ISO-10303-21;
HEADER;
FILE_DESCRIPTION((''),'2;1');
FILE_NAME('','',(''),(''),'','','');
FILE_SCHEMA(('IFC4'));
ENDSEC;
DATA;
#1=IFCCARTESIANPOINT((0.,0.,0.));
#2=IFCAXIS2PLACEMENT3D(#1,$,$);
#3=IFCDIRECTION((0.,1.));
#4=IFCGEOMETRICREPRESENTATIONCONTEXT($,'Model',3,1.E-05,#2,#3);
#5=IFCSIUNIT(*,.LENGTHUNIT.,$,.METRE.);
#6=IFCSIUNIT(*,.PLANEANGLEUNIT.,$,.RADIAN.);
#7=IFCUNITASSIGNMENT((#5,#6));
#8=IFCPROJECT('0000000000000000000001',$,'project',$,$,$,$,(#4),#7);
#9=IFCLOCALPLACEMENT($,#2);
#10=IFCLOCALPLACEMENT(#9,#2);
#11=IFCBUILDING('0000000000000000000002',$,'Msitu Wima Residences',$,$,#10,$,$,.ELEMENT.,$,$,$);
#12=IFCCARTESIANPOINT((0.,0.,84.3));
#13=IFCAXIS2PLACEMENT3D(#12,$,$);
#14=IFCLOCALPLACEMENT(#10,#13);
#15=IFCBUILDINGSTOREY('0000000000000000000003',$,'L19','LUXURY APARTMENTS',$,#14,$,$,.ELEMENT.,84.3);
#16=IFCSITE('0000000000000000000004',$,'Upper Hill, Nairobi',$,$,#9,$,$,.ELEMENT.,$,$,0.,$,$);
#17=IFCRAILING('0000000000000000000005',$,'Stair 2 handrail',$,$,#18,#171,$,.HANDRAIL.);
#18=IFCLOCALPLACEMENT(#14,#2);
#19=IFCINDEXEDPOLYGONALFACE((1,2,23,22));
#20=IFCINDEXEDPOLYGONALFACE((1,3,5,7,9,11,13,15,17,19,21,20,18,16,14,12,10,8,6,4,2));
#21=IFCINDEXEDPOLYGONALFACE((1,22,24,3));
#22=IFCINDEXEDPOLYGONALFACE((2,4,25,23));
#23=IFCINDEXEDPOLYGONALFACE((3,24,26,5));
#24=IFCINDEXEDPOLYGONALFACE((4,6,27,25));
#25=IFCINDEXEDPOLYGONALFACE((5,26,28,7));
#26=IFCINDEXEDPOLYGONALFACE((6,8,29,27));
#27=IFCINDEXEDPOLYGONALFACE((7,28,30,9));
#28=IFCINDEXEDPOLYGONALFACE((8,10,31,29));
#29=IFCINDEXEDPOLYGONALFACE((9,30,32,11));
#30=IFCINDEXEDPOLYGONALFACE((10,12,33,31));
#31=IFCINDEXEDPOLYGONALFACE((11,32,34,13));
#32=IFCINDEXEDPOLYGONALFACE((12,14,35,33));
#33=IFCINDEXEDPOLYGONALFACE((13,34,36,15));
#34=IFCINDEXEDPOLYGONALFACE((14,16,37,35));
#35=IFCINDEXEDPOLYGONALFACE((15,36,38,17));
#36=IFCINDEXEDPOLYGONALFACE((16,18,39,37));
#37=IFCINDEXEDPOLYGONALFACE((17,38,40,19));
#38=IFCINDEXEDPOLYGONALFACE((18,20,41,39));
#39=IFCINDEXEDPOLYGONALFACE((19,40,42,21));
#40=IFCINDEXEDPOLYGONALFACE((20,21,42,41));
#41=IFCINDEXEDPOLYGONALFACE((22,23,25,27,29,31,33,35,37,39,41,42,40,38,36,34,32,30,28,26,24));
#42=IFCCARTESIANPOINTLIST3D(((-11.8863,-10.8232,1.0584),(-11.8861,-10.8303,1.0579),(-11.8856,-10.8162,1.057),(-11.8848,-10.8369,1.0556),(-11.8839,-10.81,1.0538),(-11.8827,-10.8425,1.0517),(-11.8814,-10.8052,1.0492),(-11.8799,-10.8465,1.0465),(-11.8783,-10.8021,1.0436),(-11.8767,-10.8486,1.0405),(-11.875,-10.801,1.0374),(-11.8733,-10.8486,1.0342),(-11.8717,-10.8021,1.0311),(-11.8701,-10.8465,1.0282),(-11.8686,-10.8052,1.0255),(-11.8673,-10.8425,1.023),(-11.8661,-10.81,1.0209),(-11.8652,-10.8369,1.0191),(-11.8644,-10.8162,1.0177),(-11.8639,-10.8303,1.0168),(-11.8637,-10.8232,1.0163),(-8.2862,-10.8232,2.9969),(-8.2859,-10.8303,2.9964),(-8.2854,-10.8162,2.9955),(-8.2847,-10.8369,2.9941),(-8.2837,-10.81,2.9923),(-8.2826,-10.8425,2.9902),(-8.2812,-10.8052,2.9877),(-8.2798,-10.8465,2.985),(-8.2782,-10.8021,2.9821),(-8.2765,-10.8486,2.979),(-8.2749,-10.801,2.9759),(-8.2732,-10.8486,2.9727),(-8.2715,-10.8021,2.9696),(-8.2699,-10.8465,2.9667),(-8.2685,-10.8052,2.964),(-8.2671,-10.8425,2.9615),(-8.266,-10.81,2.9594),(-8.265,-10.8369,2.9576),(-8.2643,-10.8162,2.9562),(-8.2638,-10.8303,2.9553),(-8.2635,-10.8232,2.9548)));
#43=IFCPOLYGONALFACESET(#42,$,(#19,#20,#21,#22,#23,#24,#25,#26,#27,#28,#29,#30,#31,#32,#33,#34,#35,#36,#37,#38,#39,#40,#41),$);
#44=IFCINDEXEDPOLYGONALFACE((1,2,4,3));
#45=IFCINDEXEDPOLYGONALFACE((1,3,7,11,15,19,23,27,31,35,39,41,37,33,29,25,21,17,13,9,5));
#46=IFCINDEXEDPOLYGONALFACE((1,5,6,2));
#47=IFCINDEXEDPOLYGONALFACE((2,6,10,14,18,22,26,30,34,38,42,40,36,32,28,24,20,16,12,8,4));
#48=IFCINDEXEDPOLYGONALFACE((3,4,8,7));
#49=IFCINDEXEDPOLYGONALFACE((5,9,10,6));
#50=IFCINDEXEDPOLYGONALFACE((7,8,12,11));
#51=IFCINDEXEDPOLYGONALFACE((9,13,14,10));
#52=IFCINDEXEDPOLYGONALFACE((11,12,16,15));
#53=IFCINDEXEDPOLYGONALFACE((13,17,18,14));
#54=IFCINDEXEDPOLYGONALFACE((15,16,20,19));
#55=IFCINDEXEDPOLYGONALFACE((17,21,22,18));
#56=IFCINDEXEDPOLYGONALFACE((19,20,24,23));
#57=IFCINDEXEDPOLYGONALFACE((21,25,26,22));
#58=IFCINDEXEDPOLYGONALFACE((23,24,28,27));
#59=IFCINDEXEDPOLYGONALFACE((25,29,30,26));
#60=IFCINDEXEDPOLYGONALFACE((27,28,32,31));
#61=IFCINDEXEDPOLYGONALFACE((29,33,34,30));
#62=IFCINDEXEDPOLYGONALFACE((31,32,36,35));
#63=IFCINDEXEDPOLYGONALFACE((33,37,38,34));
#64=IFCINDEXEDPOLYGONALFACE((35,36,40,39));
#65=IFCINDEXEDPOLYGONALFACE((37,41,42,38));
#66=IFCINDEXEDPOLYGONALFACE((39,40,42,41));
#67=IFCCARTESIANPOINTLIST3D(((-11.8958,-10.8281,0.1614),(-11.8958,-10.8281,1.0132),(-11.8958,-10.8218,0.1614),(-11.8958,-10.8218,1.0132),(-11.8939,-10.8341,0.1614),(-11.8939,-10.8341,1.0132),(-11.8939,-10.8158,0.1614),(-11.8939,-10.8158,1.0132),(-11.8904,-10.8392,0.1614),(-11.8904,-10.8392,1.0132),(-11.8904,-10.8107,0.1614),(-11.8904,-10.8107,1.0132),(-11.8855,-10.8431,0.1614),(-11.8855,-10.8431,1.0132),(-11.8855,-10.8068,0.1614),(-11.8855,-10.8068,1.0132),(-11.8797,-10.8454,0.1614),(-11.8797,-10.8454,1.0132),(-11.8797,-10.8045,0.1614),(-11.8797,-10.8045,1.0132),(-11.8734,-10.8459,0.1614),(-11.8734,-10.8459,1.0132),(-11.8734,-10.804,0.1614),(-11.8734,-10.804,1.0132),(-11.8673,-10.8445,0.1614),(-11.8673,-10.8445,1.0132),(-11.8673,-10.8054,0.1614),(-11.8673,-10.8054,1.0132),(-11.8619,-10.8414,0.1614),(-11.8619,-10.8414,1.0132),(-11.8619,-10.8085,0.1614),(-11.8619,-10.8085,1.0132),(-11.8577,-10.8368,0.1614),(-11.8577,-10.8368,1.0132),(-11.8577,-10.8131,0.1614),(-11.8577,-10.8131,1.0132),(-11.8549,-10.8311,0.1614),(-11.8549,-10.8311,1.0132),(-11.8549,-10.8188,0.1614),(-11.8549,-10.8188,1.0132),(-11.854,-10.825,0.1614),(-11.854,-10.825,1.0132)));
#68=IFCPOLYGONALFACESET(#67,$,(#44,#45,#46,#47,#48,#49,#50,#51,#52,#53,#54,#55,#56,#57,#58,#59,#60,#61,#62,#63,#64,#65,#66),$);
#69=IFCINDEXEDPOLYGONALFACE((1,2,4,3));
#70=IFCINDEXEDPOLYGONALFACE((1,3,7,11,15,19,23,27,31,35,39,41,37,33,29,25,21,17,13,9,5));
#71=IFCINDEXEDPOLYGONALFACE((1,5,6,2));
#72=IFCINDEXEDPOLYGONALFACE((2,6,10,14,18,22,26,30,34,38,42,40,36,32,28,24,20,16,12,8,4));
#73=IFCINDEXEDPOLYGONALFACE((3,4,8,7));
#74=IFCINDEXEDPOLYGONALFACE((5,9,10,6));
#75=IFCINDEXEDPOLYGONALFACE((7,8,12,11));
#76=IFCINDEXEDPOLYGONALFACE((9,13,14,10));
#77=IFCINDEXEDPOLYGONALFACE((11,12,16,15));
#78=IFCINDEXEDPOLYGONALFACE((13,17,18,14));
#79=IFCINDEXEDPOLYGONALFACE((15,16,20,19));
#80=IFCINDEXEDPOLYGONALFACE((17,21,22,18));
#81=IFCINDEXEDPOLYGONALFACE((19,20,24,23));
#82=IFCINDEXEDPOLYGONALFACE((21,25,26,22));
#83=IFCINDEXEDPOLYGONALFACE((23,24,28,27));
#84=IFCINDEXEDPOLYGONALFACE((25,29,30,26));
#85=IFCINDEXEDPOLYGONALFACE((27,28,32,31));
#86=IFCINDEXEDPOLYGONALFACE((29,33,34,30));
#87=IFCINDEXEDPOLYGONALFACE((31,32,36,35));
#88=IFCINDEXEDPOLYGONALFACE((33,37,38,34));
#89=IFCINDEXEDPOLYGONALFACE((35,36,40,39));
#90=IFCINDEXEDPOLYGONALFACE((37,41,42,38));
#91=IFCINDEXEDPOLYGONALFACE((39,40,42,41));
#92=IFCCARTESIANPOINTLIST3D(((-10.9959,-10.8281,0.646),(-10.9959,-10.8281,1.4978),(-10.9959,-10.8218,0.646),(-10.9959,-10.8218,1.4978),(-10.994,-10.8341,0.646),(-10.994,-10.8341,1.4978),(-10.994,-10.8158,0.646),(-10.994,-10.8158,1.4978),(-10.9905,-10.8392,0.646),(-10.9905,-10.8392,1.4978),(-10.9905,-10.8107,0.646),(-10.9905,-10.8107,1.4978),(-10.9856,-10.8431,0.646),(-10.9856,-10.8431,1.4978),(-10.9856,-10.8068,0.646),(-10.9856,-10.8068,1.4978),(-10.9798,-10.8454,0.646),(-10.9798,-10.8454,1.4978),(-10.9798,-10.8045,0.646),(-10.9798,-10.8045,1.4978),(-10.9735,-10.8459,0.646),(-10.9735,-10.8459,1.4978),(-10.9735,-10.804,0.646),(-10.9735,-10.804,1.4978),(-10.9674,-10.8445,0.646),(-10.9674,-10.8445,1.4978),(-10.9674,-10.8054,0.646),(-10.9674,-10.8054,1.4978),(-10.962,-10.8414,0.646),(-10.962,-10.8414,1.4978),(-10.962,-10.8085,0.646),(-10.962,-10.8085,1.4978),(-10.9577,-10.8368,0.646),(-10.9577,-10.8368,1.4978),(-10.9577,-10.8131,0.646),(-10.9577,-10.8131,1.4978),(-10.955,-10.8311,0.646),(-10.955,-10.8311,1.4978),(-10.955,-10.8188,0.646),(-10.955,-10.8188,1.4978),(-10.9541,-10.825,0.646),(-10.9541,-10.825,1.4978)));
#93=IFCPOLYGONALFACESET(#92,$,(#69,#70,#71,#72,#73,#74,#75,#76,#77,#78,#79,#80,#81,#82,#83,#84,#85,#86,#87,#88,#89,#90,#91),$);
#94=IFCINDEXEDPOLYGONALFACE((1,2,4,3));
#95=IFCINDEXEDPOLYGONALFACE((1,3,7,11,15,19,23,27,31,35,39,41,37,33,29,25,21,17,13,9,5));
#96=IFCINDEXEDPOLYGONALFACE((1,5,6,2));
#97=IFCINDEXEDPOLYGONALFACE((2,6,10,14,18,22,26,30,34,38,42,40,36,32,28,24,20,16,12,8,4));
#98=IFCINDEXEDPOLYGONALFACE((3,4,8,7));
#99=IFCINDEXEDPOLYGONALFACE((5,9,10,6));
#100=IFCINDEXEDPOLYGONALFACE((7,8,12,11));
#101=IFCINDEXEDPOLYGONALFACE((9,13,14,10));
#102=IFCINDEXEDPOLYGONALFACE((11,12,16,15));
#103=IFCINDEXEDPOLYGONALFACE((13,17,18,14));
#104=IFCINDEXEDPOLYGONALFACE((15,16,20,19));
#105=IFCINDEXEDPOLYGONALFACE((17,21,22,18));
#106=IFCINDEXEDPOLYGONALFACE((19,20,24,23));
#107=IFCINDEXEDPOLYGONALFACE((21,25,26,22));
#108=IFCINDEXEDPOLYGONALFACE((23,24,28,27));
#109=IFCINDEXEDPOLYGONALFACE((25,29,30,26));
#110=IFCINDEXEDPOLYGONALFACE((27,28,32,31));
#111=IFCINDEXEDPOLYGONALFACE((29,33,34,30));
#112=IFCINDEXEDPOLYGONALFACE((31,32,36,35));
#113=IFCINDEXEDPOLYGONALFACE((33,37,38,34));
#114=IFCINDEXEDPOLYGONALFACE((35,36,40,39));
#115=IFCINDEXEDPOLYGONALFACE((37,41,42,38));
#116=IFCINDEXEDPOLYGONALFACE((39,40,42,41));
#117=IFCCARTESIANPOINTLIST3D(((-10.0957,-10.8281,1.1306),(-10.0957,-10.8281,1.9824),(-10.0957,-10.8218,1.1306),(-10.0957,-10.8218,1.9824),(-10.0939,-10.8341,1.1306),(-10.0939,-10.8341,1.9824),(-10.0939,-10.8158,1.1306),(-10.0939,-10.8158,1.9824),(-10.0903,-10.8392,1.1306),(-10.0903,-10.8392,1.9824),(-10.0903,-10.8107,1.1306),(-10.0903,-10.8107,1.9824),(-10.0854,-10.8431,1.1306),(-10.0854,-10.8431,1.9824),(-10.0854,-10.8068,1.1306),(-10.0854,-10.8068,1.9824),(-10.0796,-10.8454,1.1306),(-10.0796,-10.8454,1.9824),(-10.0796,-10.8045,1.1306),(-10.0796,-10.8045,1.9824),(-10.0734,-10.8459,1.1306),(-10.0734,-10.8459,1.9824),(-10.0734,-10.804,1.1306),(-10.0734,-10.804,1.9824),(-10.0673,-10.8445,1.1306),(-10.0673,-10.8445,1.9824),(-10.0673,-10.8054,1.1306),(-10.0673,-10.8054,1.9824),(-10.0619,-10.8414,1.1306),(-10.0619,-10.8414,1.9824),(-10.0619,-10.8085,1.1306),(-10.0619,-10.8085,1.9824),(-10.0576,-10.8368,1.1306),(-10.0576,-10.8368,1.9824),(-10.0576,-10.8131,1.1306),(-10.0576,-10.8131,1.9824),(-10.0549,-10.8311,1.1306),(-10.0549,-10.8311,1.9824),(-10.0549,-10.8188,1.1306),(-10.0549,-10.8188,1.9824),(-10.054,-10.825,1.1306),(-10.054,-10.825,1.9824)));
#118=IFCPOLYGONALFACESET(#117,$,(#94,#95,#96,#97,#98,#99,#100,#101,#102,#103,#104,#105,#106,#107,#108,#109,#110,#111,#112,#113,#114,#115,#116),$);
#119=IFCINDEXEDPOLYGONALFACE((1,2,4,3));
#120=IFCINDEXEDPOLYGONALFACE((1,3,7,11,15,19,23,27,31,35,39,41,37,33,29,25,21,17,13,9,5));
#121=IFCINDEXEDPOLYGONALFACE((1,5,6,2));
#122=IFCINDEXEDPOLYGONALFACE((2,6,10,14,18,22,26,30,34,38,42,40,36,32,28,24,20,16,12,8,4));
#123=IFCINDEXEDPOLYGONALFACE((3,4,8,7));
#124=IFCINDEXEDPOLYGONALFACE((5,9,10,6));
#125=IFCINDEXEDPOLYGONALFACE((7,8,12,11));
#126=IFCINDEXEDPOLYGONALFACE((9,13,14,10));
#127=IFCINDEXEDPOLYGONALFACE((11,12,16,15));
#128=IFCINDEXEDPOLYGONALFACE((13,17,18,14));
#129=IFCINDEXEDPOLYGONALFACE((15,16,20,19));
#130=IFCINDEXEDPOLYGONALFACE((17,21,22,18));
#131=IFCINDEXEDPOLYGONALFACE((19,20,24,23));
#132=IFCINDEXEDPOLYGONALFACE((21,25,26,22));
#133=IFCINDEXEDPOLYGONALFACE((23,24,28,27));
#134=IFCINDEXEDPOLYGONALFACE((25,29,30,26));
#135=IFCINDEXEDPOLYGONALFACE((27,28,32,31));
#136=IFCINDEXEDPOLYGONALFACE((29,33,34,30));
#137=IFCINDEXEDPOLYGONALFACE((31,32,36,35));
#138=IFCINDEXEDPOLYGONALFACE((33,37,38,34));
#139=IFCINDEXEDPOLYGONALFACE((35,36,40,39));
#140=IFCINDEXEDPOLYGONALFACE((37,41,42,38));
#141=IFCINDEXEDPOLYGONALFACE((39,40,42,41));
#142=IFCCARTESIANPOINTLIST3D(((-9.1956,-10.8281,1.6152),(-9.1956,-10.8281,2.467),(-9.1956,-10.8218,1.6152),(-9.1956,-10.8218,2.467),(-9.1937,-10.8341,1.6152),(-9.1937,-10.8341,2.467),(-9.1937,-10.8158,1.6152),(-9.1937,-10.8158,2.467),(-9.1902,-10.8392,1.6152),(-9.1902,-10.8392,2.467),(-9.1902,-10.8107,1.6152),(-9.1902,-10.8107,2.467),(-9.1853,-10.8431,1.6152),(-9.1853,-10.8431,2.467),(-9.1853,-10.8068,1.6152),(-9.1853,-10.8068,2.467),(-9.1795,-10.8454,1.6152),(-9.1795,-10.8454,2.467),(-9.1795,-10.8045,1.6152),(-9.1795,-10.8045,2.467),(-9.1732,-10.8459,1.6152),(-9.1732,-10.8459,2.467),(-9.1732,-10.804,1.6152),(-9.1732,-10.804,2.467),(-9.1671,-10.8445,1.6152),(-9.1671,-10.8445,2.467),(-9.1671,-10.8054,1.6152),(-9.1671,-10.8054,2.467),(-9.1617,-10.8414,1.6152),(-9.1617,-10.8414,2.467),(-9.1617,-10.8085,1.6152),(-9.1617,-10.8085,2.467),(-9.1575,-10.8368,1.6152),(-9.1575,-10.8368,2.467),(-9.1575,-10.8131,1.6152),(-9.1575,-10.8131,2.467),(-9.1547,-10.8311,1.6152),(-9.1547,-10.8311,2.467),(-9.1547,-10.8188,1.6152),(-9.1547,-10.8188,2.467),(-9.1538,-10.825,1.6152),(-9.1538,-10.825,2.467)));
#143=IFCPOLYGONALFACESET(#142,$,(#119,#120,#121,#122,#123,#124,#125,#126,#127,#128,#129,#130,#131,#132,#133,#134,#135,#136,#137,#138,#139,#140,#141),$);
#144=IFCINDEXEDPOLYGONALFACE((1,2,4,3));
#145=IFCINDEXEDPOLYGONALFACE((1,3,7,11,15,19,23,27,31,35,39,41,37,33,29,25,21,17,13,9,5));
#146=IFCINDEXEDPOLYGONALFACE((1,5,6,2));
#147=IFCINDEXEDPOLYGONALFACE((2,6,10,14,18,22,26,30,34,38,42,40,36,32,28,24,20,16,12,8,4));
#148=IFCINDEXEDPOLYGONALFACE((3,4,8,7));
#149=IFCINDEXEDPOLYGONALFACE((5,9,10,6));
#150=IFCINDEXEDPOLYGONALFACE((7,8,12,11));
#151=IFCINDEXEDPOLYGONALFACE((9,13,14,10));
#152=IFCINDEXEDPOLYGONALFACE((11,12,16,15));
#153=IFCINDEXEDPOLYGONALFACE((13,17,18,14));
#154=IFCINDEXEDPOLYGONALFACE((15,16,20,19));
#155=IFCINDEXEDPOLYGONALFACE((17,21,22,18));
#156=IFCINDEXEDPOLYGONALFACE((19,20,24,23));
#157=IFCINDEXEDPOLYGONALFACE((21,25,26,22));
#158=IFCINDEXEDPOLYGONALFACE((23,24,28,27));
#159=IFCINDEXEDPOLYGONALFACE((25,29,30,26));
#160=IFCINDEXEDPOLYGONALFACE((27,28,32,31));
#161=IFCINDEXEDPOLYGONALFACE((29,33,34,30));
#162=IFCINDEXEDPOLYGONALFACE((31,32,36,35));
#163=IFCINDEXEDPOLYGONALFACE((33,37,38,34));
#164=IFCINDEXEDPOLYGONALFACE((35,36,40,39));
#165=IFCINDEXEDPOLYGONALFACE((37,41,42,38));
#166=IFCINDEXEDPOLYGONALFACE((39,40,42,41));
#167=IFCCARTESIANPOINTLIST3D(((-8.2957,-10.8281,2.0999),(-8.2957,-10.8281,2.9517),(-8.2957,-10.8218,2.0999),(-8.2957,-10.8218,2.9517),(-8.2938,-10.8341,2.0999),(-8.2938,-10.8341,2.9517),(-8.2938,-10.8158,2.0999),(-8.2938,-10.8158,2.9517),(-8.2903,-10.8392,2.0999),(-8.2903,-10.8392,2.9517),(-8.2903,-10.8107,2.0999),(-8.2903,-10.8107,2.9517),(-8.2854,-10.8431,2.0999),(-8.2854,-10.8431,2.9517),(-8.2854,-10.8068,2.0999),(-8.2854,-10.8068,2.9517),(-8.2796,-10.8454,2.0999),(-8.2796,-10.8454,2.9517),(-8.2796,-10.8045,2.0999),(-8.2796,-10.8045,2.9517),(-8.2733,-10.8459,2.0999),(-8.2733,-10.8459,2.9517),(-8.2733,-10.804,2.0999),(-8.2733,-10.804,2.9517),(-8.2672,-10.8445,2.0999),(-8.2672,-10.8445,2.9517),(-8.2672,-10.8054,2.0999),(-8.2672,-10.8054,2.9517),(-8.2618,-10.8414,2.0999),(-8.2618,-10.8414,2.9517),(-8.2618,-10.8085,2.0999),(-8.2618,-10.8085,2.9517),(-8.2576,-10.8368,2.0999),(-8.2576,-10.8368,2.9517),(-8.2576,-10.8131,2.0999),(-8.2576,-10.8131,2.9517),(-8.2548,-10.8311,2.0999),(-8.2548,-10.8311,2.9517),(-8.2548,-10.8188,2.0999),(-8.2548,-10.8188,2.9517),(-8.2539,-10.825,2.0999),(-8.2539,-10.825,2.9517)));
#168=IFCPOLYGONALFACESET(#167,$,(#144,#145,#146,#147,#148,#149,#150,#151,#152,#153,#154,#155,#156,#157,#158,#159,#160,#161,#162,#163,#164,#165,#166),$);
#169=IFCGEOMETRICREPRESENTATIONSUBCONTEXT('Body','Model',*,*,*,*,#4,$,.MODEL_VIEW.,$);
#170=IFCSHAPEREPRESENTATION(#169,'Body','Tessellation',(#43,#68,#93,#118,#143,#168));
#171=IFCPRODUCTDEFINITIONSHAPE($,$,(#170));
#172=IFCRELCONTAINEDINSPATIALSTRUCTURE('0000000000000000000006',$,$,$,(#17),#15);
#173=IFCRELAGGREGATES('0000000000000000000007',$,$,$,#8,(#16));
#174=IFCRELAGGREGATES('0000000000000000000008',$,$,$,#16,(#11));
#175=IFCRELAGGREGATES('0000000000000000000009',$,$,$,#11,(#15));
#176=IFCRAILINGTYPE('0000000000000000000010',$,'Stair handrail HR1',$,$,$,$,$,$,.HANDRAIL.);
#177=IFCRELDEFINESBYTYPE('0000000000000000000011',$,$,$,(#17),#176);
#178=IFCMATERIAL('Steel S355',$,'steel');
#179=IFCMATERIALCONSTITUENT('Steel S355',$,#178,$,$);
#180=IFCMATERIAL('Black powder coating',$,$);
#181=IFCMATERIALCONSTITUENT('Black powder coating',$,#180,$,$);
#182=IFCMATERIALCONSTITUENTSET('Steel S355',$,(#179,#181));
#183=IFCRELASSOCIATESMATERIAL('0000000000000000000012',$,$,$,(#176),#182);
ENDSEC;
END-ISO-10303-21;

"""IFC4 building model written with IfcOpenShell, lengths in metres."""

from ifc_helpers import new_model, si_unit, direction, frame, origin, origin_2d, place, context, subcontext, project, spatial, circle, extrude, material, constituent, constituent_set, type_object, element, save


model = new_model("IFC4")

# Units and contexts
model_context = context("Model", 3, precision=1e-05, world=origin(), true_north=direction((0.0, 1.0)))
body_context = subcontext(model_context, "Body", "Model", "MODEL_VIEW")
ifc_project = project(units=[si_unit("LENGTHUNIT", "METRE"), si_unit("PLANEANGLEUNIT", "RADIAN")], contexts=[model_context])

# Site, building, storey
site_placement = place(None, origin())
site = spatial("IfcSite", under=ifc_project, at=site_placement, Name="Upper Hill, Nairobi", CompositionType="ELEMENT", RefElevation=0.0)
building_placement = place(site_placement, origin())
building = spatial("IfcBuilding", under=site, at=building_placement, Name="Msitu Wima Residences", CompositionType="ELEMENT")
storey_placement = place(building_placement, frame((0.0, 0.0, 84.3)))
storey = spatial("IfcBuildingStorey", under=building, at=storey_placement, Name="L19", Description="LUXURY APARTMENTS", CompositionType="ELEMENT", Elevation=84.3)

# Railing
ifc_material_1 = material(Name="Steel S355", Category="steel")
ifc_constituent_1 = constituent(ifc_material_1, Name="Steel S355")
ifc_material_2 = material(Name="Black powder coating")
ifc_constituent_2 = constituent(ifc_material_2, Name="Black powder coating")
ifc_constituent_set = constituent_set(constituents=[ifc_constituent_1, ifc_constituent_2], Name="Steel S355")
railing_type = type_object("IfcRailingType", Name="Stair handrail HR1", PredefinedType="HANDRAIL", material=ifc_constituent_set)
for number, where, name in (
    (1, (-11.875, -10.825, 0.1614), "Stair 2 handrail"),
):
    element("IfcRailing", number, at=place(storey_placement, frame(where)), inside=storey, type_object=railing_type, Name=name, PredefinedType="HANDRAIL", context=body_context, shape_type="SweptSolid", body=[
        extrude(circle(Radius=0.0239, at=origin_2d()), frame((0.0, 0.0, 0.876), z_axis=(0.880475, 0.0, 0.474093), x_axis=(0.0, 1.0, 0.0)), (0.0, 0.0, 1.0), 4.0889),
        extrude(circle(Radius=0.021, at=origin_2d()), origin(), (0.0, 0.0, 1.0), 0.8518),
        extrude(circle(Radius=0.021, at=origin_2d()), frame((0.8999, 0.0, 0.4846)), (0.0, 0.0, 1.0), 0.8518),
        extrude(circle(Radius=0.021, at=origin_2d()), frame((1.8, 0.0, 0.9692)), (0.0, 0.0, 1.0), 0.8518),
        extrude(circle(Radius=0.021, at=origin_2d()), frame((2.7002, 0.0, 1.4539)), (0.0, 0.0, 1.0), 0.8518),
        extrude(circle(Radius=0.021, at=origin_2d()), frame((3.6001, 0.0, 1.9385)), (0.0, 0.0, 1.0), 0.8518),
    ])

save(model, "model.ifc")
